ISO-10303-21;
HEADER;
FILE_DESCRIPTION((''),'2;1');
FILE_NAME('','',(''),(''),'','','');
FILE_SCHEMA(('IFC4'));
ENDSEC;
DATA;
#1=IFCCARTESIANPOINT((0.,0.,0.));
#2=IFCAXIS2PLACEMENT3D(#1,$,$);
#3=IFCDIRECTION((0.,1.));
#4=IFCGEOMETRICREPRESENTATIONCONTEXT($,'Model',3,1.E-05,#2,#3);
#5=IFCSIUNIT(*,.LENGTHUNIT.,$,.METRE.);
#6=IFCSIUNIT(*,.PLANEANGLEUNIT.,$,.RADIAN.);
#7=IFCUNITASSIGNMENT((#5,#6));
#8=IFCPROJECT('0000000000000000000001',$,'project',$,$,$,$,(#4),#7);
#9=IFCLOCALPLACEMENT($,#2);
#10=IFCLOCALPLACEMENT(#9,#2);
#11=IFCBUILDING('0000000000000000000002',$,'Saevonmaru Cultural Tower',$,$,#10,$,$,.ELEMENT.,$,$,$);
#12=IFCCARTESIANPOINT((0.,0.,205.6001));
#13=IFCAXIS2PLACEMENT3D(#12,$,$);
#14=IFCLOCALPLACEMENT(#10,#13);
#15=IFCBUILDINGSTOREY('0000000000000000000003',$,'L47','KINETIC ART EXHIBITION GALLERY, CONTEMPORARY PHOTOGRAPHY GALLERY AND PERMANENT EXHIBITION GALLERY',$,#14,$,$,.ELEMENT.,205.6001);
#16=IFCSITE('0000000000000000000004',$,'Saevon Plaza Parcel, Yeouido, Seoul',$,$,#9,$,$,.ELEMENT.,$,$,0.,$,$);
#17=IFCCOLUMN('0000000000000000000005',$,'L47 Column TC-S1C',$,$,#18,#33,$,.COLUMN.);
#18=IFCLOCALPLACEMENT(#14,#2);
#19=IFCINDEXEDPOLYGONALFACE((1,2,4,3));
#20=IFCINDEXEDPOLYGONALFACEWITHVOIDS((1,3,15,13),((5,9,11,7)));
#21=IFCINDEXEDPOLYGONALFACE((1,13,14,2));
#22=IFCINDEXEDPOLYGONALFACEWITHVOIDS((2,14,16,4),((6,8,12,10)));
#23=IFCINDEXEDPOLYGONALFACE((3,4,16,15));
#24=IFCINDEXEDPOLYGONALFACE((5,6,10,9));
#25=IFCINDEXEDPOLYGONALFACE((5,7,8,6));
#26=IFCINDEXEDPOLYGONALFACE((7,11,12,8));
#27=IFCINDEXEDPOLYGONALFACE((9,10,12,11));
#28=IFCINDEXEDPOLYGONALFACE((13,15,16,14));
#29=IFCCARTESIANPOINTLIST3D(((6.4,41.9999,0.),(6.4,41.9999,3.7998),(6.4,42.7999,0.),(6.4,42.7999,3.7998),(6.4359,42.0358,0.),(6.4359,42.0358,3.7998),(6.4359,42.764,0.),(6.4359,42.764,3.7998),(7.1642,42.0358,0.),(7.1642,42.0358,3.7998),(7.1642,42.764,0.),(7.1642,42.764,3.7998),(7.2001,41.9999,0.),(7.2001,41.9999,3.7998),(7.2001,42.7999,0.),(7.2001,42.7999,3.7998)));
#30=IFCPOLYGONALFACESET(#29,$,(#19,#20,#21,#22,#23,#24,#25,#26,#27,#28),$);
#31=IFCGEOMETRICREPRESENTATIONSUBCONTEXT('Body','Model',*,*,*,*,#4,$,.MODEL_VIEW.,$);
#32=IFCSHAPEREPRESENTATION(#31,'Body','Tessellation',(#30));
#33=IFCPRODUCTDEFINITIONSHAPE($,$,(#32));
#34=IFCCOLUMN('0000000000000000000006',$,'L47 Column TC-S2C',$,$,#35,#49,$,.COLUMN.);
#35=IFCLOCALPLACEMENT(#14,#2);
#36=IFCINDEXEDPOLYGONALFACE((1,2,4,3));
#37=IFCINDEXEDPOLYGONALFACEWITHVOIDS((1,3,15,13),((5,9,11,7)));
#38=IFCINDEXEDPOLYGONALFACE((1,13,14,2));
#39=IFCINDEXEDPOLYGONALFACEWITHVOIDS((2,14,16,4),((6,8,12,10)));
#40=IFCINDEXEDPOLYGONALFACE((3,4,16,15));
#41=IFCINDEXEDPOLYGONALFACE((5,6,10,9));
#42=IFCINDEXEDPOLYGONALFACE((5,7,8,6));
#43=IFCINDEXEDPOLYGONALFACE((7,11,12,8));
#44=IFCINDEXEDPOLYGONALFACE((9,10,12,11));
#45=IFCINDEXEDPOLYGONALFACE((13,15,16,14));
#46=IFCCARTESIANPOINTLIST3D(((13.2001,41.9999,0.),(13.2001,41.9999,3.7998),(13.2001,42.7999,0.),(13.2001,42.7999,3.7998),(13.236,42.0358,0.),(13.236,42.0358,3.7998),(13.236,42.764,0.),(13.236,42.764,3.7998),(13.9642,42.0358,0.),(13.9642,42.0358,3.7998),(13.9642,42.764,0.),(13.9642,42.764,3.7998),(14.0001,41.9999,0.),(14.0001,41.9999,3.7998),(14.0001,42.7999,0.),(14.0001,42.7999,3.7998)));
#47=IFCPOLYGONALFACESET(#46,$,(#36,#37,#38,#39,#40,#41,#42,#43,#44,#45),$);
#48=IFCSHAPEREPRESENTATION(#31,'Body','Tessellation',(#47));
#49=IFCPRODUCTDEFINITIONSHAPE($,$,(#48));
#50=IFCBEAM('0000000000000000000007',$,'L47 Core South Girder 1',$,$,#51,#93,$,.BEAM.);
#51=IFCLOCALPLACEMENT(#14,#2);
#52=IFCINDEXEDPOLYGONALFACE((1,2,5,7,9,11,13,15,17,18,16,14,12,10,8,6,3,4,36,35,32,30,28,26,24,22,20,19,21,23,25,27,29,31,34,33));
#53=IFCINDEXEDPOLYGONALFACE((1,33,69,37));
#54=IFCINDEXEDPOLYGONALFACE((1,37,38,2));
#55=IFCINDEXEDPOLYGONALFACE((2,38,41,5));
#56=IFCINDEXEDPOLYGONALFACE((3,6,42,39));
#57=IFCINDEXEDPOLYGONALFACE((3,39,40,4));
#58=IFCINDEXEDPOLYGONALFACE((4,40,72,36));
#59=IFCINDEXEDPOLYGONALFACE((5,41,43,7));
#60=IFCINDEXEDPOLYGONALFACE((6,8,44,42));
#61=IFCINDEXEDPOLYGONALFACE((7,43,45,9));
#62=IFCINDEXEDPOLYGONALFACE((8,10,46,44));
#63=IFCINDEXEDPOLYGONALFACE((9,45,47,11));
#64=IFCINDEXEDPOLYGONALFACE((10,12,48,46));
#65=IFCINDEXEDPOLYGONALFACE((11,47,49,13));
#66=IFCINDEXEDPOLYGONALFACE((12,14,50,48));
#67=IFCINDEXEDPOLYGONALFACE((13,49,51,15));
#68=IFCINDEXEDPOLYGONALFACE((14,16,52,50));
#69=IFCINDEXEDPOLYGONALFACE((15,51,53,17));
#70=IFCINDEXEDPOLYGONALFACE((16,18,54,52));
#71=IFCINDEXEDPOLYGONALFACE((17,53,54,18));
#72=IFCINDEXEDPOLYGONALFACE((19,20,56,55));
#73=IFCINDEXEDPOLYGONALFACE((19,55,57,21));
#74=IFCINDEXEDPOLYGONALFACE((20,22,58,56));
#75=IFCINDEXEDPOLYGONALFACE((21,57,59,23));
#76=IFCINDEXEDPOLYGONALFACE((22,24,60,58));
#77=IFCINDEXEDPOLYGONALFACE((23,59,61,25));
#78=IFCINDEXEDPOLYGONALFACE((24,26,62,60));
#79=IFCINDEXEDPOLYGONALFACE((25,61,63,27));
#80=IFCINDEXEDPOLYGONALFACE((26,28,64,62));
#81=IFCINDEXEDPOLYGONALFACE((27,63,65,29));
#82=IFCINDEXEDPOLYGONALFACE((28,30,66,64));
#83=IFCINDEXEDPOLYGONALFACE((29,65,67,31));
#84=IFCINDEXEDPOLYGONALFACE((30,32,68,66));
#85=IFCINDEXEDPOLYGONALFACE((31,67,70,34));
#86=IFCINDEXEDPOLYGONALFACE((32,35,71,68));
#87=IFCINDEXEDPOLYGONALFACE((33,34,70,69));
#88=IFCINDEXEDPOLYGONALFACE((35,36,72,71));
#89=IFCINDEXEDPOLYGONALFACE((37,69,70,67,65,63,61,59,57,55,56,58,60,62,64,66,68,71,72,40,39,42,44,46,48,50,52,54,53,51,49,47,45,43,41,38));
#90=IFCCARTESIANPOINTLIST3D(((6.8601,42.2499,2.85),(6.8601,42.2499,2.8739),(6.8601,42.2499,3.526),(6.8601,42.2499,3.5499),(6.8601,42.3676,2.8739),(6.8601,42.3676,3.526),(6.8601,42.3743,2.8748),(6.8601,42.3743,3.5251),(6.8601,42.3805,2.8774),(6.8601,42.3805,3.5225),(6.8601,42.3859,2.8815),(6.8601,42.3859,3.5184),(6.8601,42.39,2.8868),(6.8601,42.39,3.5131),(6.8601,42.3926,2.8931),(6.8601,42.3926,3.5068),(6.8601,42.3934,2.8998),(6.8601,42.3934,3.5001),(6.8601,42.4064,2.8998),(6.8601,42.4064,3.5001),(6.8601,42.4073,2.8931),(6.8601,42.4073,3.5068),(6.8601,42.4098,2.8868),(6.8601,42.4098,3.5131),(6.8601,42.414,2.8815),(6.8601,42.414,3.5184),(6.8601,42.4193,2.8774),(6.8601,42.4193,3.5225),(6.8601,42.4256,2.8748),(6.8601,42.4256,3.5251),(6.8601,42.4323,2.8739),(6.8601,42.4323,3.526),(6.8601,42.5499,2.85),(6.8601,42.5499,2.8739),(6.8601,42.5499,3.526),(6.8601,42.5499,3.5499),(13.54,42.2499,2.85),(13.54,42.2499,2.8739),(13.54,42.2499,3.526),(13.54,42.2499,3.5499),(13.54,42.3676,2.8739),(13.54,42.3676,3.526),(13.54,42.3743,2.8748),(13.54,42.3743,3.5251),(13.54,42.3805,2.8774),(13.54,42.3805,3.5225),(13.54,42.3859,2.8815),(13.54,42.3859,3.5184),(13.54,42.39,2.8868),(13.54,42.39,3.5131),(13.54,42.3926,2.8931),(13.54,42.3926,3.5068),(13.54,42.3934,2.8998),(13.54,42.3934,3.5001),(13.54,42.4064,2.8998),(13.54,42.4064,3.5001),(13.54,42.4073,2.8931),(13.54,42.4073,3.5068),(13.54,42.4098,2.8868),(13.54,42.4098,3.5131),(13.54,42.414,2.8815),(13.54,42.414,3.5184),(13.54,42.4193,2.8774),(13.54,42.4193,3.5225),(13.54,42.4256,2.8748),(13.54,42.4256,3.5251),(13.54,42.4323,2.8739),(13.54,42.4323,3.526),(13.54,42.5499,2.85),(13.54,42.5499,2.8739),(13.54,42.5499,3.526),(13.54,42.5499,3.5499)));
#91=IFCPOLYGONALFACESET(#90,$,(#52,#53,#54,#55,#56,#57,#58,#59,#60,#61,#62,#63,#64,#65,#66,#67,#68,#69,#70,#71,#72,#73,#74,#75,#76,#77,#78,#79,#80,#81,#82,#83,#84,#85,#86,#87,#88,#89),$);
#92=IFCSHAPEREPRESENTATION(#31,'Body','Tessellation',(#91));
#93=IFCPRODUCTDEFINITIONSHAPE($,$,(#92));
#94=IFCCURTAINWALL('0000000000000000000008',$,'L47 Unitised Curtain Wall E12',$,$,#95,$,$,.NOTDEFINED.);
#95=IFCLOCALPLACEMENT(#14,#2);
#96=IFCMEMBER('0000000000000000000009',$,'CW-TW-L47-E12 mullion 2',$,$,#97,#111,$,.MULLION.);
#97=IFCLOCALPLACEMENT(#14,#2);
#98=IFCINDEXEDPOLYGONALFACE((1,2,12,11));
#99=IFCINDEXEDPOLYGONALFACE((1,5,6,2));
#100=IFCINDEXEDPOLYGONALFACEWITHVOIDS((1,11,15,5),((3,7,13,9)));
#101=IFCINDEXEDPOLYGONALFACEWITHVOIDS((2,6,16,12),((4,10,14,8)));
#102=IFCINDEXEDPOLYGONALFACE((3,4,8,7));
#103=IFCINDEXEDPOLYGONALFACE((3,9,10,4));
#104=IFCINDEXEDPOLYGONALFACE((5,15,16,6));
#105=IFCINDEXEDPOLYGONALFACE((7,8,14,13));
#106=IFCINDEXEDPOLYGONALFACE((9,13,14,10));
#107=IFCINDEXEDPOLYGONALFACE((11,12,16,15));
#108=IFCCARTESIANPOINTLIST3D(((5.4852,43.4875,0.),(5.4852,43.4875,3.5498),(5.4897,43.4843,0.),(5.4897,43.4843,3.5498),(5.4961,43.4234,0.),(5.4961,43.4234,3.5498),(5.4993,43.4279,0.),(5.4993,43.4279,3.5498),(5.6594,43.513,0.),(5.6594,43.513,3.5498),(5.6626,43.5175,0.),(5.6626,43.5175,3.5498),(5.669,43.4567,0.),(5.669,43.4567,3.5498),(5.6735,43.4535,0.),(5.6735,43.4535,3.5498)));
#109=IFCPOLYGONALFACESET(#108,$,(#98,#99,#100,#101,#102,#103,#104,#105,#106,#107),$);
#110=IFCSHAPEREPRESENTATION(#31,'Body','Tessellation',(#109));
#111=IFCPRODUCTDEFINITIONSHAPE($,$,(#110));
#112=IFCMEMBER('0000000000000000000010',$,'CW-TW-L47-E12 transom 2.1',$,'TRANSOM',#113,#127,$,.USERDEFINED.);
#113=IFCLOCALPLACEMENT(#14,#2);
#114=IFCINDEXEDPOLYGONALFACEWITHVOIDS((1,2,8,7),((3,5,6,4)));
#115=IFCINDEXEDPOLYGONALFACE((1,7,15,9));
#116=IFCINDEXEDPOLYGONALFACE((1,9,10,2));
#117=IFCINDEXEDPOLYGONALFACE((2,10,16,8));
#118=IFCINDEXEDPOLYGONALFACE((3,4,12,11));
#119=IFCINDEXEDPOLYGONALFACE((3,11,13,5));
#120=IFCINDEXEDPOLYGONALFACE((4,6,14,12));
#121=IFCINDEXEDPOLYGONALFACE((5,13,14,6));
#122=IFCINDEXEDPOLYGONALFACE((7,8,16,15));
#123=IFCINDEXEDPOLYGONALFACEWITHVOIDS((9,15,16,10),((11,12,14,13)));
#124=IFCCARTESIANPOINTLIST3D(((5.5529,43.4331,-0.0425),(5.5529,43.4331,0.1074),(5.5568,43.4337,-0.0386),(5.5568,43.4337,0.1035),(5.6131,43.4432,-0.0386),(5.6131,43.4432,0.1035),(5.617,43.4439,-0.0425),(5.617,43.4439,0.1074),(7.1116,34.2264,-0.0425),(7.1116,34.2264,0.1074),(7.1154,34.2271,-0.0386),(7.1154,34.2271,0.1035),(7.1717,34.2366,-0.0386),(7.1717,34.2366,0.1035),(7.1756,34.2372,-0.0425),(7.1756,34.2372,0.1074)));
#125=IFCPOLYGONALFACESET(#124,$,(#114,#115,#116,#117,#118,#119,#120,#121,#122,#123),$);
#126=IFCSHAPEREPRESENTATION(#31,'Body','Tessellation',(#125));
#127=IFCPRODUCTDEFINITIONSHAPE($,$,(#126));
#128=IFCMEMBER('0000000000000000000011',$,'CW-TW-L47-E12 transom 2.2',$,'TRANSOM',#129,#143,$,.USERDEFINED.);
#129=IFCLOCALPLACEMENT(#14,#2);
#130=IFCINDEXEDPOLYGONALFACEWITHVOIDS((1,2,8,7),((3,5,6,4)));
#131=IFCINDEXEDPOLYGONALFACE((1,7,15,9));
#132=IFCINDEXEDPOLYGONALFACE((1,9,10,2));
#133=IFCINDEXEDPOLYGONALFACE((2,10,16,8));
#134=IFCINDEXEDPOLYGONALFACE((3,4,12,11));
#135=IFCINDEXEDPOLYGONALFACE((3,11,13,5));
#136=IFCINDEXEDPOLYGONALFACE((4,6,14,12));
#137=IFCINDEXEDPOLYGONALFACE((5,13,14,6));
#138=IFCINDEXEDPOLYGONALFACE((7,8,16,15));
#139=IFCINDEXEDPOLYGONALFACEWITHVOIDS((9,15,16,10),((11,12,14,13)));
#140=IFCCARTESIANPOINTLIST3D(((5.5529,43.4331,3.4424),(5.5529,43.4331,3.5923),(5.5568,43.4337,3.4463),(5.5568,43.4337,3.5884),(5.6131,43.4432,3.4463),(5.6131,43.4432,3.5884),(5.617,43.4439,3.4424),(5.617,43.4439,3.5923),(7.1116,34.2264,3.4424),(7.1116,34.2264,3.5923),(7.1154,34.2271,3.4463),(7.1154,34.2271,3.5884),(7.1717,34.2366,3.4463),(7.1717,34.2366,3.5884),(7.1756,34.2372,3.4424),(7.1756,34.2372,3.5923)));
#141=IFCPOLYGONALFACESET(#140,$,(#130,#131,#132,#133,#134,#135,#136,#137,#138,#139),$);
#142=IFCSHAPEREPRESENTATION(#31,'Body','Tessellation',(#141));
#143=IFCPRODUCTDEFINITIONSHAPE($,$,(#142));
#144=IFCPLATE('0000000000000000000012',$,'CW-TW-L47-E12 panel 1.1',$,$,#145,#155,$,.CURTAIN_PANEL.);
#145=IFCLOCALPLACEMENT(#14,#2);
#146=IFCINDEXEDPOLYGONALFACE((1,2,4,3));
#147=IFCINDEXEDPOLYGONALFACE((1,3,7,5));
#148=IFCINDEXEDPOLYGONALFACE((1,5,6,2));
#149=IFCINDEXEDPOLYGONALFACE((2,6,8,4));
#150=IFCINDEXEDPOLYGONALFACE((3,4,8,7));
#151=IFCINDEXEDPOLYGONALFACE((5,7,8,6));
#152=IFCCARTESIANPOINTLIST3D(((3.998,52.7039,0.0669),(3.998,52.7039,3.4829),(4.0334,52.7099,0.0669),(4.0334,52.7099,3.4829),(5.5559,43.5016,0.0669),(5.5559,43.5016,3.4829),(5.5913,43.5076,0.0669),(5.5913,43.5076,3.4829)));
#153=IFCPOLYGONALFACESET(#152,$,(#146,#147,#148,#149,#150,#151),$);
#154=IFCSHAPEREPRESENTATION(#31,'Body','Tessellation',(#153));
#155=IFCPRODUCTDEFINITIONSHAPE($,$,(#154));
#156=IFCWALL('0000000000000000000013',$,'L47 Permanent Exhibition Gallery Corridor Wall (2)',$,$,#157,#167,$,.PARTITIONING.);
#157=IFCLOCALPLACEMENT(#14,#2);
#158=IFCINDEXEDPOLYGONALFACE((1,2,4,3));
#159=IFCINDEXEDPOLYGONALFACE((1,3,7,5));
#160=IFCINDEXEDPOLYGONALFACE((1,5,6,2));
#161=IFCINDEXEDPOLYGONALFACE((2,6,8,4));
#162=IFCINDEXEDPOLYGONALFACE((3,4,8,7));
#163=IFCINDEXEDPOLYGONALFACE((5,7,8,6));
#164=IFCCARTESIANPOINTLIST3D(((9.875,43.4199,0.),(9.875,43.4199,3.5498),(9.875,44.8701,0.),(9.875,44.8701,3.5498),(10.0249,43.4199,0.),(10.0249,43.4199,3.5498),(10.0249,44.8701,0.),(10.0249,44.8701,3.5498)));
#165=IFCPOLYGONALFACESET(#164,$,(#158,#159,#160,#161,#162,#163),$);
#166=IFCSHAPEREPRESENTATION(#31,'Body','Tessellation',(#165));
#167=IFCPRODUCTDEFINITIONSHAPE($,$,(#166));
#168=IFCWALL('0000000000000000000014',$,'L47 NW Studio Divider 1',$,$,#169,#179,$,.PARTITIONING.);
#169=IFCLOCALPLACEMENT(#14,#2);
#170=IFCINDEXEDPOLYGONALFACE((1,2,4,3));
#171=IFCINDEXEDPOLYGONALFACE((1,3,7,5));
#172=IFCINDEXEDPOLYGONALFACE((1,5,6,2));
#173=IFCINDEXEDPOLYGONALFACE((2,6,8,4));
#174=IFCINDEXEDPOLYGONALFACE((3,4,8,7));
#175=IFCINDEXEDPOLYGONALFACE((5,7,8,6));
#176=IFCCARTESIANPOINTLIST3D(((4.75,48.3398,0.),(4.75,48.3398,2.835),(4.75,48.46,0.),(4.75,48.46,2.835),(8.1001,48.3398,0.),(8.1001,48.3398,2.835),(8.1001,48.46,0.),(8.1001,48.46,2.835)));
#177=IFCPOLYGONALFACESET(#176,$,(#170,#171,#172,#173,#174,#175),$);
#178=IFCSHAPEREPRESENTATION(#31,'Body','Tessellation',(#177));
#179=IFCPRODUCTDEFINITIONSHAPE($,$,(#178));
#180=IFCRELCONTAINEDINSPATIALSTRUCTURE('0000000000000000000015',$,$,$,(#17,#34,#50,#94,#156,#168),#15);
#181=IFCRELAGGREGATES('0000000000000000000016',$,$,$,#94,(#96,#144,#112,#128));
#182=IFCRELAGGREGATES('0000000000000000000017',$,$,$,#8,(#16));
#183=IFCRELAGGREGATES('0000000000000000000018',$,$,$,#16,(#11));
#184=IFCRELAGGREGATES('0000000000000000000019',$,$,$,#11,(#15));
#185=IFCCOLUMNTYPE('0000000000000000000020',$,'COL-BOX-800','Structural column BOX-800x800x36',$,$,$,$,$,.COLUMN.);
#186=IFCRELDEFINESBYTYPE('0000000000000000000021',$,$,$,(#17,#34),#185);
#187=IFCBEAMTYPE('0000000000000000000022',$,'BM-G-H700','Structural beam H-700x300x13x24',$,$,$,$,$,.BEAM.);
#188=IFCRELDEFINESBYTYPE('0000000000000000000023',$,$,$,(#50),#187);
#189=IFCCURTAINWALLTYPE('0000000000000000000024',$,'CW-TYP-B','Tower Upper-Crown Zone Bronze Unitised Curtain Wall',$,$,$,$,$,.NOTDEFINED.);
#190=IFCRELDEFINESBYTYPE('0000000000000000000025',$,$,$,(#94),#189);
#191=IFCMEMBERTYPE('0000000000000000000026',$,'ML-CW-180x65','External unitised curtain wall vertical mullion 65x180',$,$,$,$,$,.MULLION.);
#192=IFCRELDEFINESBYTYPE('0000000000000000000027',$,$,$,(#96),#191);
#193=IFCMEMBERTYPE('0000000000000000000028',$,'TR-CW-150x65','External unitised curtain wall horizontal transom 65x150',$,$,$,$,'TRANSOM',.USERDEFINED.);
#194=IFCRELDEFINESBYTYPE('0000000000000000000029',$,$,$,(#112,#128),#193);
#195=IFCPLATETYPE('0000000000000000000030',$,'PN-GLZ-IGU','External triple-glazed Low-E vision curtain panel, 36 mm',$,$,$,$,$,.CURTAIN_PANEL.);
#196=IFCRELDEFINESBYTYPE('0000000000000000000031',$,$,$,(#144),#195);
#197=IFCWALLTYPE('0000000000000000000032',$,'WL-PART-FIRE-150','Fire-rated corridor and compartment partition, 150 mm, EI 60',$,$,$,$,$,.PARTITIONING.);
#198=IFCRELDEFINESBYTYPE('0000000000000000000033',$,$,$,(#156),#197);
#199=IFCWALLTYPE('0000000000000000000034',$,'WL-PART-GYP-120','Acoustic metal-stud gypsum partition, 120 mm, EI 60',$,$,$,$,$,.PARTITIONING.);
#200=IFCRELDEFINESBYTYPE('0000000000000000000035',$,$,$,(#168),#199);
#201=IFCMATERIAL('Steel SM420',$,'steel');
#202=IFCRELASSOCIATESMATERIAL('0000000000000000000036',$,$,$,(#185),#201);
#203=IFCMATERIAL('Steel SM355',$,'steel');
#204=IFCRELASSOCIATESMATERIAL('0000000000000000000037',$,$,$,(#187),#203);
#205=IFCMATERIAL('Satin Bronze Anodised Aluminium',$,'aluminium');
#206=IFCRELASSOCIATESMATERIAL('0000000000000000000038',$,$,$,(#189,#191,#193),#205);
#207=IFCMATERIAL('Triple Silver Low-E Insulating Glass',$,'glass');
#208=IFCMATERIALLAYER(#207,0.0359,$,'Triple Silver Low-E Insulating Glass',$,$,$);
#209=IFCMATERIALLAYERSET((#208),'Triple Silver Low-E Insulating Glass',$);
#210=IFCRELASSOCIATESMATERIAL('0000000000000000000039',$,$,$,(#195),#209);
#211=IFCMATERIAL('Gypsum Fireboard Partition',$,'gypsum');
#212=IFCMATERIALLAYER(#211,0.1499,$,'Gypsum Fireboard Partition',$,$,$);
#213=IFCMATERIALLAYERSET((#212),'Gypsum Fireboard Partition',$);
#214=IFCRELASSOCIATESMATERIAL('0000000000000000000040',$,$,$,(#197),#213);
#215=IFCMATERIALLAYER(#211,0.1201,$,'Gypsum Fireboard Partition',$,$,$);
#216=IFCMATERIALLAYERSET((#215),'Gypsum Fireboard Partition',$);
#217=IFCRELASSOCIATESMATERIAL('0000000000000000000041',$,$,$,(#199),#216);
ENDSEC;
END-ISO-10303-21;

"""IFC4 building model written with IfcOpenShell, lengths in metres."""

from ifc_helpers import new_model, si_unit, direction, frame, frame_2d, origin, origin_2d, place, context, subcontext, project, spatial, rectangle, hollow_rectangle, i_section, extrude, material, layer, layer_set, material_profile, profile_set, type_object, element, aggregate, save


model = new_model("IFC4")

# Units and contexts
model_context = context("Model", 3, precision=1e-05, world=origin(), true_north=direction((0.0, 1.0)))
body_context = subcontext(model_context, "Body", "Model", "MODEL_VIEW")
ifc_project = project(units=[si_unit("LENGTHUNIT", "METRE"), si_unit("PLANEANGLEUNIT", "RADIAN")], contexts=[model_context])

# Site, building, storey
site_placement = place(None, origin())
site = spatial("IfcSite", under=ifc_project, at=site_placement, Name="Saevon Plaza Parcel, Yeouido, Seoul", CompositionType="ELEMENT", RefElevation=0.0)
building_placement = place(site_placement, origin())
building = spatial("IfcBuilding", under=site, at=building_placement, Name="Saevonmaru Cultural Tower", CompositionType="ELEMENT")
storey_placement = place(building_placement, frame((0.0, 0.0, 205.6001)))
storey = spatial("IfcBuildingStorey", under=building, at=storey_placement, Name="L47", Description="KINETIC ART EXHIBITION GALLERY, CONTEMPORARY PHOTOGRAPHY GALLERY AND PERMANENT EXHIBITION GALLERY", CompositionType="ELEMENT", Elevation=205.6001)

# Columns
ifc_material_1 = material(Name="Steel SM420", Category="steel")
ifc_material_profile_1 = material_profile(ifc_material_1, hollow_rectangle(XDim=0.8, YDim=0.8, WallThickness=0.0359, at=origin_2d()), Name="BOX-800x800x36")
ifc_profile_set_1 = profile_set([ifc_material_profile_1], Name="Steel SM420")
column_type = type_object("IfcColumnType", Name="COL-BOX-800", Description="Structural column BOX-800x800x36", PredefinedType="COLUMN", material=ifc_profile_set_1)
for number, where, z_axis, x_axis, name in (
    (1, (6.8, 42.3999, 0.0), (0.0, 0.0, 1.0), (1.0, 0.0, 0.0), "L47 Column TC-S1C"),
    (2, (13.6001, 42.3999, 0.0), (0.0, 0.0, 1.0), (1.0, 0.0, 0.0), "L47 Column TC-S2C"),
):
    element("IfcColumn", number, at=place(storey_placement, frame(where, z_axis=z_axis, x_axis=x_axis)), inside=storey, type_object=column_type, Name=name, PredefinedType="COLUMN", context=body_context, shape_type="SweptSolid", body=[
        extrude(hollow_rectangle(XDim=0.8, YDim=0.8, WallThickness=0.0359, at=origin_2d()), origin(), (0.0, 0.0, 1.0), 3.7998),
    ])

# Beam
ifc_material_2 = material(Name="Steel SM355", Category="steel")
ifc_material_profile_2 = material_profile(ifc_material_2, i_section(OverallWidth=0.3, OverallDepth=0.7, WebThickness=0.0129, FlangeThickness=0.0239, FilletRadius=0.0259, at=origin_2d()), Name="H-700x300x13x24")
ifc_profile_set_2 = profile_set([ifc_material_profile_2], Name="Steel SM355")
beam_type = type_object("IfcBeamType", Name="BM-G-H700", Description="Structural beam H-700x300x13x24", PredefinedType="BEAM", material=ifc_profile_set_2)
beam_placement = place(storey_placement, frame((6.8601, 42.3999, 3.2), z_axis=(1.0, 0.0, 0.0), x_axis=(0.0, 1.0, 0.0)))
element("IfcBeam", 3, at=beam_placement, inside=storey, type_object=beam_type, Name="L47 Core South Girder 1", PredefinedType="BEAM", context=body_context, shape_type="SweptSolid", body=[
    extrude(i_section(OverallWidth=0.3, OverallDepth=0.7, WebThickness=0.0129, FlangeThickness=0.0239, FilletRadius=0.0259, at=origin_2d()), origin(), (0.0, 0.0, 1.0), 6.6799),
])

# Curtain wall, members, plate
ifc_material_3 = material(Name="Satin Bronze Anodised Aluminium", Category="aluminium")
curtain_wall_type = type_object("IfcCurtainWallType", Name="CW-TYP-B", Description="Tower Upper-Crown Zone Bronze Unitised Curtain Wall", PredefinedType="NOTDEFINED", material=ifc_material_3)
curtain_wall_placement = place(storey_placement, origin())
curtain_wall = element("IfcCurtainWall", 4, at=curtain_wall_placement, inside=storey, type_object=curtain_wall_type, Name="L47 Unitised Curtain Wall E12", PredefinedType="NOTDEFINED")
ifc_material_profile_3 = material_profile(ifc_material_3, hollow_rectangle(XDim=0.0649, YDim=0.1799, WallThickness=0.0039, at=origin_2d()), Name="ALU-MULL-180x65x4")
ifc_profile_set_3 = profile_set([ifc_material_profile_3], Name="Satin Bronze Anodised Aluminium")
member_type_1 = type_object("IfcMemberType", Name="ML-CW-180x65", Description="External unitised curtain wall vertical mullion 65x180", PredefinedType="MULLION", material=ifc_profile_set_3)
member_1_placement = place(storey_placement, frame((5.5793, 43.4705, 0.0), z_axis=(0.0, 0.0, 1.0), x_axis=(0.166922, -0.98597, 0.0)))
member_1 = element("IfcMember", 5, at=member_1_placement, type_object=member_type_1, Name="CW-TW-L47-E12 mullion 2", PredefinedType="MULLION", context=body_context, shape_type="SweptSolid", body=[
    extrude(hollow_rectangle(XDim=0.0649, YDim=0.1799, WallThickness=0.0039, at=origin_2d()), origin(), (0.0, 0.0, 1.0), 3.5498),
])
ifc_material_profile_4 = material_profile(ifc_material_3, hollow_rectangle(XDim=0.0649, YDim=0.1499, WallThickness=0.0039, at=origin_2d()), Name="ALU-TRAN-150x65x4")
ifc_profile_set_4 = profile_set([ifc_material_profile_4], Name="Satin Bronze Anodised Aluminium")
member_type_2 = type_object("IfcMemberType", Name="TR-CW-150x65", Description="External unitised curtain wall horizontal transom 65x150", ElementType="TRANSOM", PredefinedType="USERDEFINED", material=ifc_profile_set_4)
member_2_placement = place(storey_placement, frame((5.585, 43.4385, 0.0325), z_axis=(0.166917, -0.985971, 0.0), x_axis=(0.985971, 0.166917, 0.0)))
member_2 = element("IfcMember", 6, at=member_2_placement, type_object=member_type_2, Name="CW-TW-L47-E12 transom 2.1", ObjectType="TRANSOM", PredefinedType="USERDEFINED", context=body_context, shape_type="SweptSolid", body=[
    extrude(hollow_rectangle(XDim=0.0649, YDim=0.1499, WallThickness=0.0039, at=origin_2d()), origin(), (0.0, 0.0, 1.0), 9.3376),
])
member_3_placement = place(storey_placement, frame((5.585, 43.4385, 3.5173), z_axis=(0.166917, -0.985971, 0.0), x_axis=(0.985971, 0.166917, 0.0)))
member_3 = element("IfcMember", 7, at=member_3_placement, type_object=member_type_2, Name="CW-TW-L47-E12 transom 2.2", ObjectType="TRANSOM", PredefinedType="USERDEFINED", context=body_context, shape_type="SweptSolid", body=[
    extrude(hollow_rectangle(XDim=0.0649, YDim=0.1499, WallThickness=0.0039, at=origin_2d()), origin(), (0.0, 0.0, 1.0), 9.3376),
])
ifc_material_4 = material(Name="Triple Silver Low-E Insulating Glass", Category="glass")
ifc_layer_1 = layer(ifc_material_4, 0.0359, Name="Triple Silver Low-E Insulating Glass")
ifc_layer_set_1 = layer_set([ifc_layer_1], Name="Triple Silver Low-E Insulating Glass")
plate_type = type_object("IfcPlateType", Name="PN-GLZ-IGU", Description="External triple-glazed Low-E vision curtain panel, 36 mm", PredefinedType="CURTAIN_PANEL", material=ifc_layer_set_1)
plate_placement = place(storey_placement, frame((4.7947, 48.1057, 0.0669), z_axis=(0.0, 0.0, 1.0), x_axis=(0.166922, -0.98597, 0.0)))
plate = element("IfcPlate", 8, at=plate_placement, type_object=plate_type, Name="CW-TW-L47-E12 panel 1.1", PredefinedType="CURTAIN_PANEL", context=body_context, shape_type="SweptSolid", body=[
    extrude(rectangle(XDim=9.3333, YDim=0.0359, at=origin_2d()), origin(), (0.0, 0.0, 1.0), 3.416),
])
aggregate(curtain_wall, [member_1, plate, member_2, member_3])

# Walls
ifc_material_5 = material(Name="Gypsum Fireboard Partition", Category="gypsum")
ifc_layer_2 = layer(ifc_material_5, 0.1499, Name="Gypsum Fireboard Partition")
ifc_layer_set_2 = layer_set([ifc_layer_2], Name="Gypsum Fireboard Partition")
wall_type_1 = type_object("IfcWallType", Name="WL-PART-FIRE-150", Description="Fire-rated corridor and compartment partition, 150 mm, EI 60", PredefinedType="PARTITIONING", material=ifc_layer_set_2)
wall_1_placement = place(storey_placement, frame((9.95, 43.4199, 0.0), z_axis=(0.0, 0.0, 1.0), x_axis=(0.0, 1.0, 0.0)))
element("IfcWall", 9, at=wall_1_placement, inside=storey, type_object=wall_type_1, Name="L47 Permanent Exhibition Gallery Corridor Wall (2)", PredefinedType="PARTITIONING", context=body_context, shape_type="SweptSolid", body=[
    extrude(rectangle(XDim=1.4502, YDim=0.1499, at=frame_2d((0.7251, 0.0))), origin(), (0.0, 0.0, 1.0), 3.5498),
])
ifc_layer_3 = layer(ifc_material_5, 0.1201, Name="Gypsum Fireboard Partition")
ifc_layer_set_3 = layer_set([ifc_layer_3], Name="Gypsum Fireboard Partition")
wall_type_2 = type_object("IfcWallType", Name="WL-PART-GYP-120", Description="Acoustic metal-stud gypsum partition, 120 mm, EI 60", PredefinedType="PARTITIONING", material=ifc_layer_set_3)
wall_2_placement = place(storey_placement, frame((4.75, 48.3999, 0.0), z_axis=(0.0, 0.0, 1.0), x_axis=(1.0, 0.0, 0.0)))
element("IfcWall", 10, at=wall_2_placement, inside=storey, type_object=wall_type_2, Name="L47 NW Studio Divider 1", PredefinedType="PARTITIONING", context=body_context, shape_type="SweptSolid", body=[
    extrude(rectangle(XDim=3.3501, YDim=0.1201, at=frame_2d((1.675, 0.0))), origin(), (0.0, 0.0, 1.0), 2.835),
])

save(model, "model.ifc")
